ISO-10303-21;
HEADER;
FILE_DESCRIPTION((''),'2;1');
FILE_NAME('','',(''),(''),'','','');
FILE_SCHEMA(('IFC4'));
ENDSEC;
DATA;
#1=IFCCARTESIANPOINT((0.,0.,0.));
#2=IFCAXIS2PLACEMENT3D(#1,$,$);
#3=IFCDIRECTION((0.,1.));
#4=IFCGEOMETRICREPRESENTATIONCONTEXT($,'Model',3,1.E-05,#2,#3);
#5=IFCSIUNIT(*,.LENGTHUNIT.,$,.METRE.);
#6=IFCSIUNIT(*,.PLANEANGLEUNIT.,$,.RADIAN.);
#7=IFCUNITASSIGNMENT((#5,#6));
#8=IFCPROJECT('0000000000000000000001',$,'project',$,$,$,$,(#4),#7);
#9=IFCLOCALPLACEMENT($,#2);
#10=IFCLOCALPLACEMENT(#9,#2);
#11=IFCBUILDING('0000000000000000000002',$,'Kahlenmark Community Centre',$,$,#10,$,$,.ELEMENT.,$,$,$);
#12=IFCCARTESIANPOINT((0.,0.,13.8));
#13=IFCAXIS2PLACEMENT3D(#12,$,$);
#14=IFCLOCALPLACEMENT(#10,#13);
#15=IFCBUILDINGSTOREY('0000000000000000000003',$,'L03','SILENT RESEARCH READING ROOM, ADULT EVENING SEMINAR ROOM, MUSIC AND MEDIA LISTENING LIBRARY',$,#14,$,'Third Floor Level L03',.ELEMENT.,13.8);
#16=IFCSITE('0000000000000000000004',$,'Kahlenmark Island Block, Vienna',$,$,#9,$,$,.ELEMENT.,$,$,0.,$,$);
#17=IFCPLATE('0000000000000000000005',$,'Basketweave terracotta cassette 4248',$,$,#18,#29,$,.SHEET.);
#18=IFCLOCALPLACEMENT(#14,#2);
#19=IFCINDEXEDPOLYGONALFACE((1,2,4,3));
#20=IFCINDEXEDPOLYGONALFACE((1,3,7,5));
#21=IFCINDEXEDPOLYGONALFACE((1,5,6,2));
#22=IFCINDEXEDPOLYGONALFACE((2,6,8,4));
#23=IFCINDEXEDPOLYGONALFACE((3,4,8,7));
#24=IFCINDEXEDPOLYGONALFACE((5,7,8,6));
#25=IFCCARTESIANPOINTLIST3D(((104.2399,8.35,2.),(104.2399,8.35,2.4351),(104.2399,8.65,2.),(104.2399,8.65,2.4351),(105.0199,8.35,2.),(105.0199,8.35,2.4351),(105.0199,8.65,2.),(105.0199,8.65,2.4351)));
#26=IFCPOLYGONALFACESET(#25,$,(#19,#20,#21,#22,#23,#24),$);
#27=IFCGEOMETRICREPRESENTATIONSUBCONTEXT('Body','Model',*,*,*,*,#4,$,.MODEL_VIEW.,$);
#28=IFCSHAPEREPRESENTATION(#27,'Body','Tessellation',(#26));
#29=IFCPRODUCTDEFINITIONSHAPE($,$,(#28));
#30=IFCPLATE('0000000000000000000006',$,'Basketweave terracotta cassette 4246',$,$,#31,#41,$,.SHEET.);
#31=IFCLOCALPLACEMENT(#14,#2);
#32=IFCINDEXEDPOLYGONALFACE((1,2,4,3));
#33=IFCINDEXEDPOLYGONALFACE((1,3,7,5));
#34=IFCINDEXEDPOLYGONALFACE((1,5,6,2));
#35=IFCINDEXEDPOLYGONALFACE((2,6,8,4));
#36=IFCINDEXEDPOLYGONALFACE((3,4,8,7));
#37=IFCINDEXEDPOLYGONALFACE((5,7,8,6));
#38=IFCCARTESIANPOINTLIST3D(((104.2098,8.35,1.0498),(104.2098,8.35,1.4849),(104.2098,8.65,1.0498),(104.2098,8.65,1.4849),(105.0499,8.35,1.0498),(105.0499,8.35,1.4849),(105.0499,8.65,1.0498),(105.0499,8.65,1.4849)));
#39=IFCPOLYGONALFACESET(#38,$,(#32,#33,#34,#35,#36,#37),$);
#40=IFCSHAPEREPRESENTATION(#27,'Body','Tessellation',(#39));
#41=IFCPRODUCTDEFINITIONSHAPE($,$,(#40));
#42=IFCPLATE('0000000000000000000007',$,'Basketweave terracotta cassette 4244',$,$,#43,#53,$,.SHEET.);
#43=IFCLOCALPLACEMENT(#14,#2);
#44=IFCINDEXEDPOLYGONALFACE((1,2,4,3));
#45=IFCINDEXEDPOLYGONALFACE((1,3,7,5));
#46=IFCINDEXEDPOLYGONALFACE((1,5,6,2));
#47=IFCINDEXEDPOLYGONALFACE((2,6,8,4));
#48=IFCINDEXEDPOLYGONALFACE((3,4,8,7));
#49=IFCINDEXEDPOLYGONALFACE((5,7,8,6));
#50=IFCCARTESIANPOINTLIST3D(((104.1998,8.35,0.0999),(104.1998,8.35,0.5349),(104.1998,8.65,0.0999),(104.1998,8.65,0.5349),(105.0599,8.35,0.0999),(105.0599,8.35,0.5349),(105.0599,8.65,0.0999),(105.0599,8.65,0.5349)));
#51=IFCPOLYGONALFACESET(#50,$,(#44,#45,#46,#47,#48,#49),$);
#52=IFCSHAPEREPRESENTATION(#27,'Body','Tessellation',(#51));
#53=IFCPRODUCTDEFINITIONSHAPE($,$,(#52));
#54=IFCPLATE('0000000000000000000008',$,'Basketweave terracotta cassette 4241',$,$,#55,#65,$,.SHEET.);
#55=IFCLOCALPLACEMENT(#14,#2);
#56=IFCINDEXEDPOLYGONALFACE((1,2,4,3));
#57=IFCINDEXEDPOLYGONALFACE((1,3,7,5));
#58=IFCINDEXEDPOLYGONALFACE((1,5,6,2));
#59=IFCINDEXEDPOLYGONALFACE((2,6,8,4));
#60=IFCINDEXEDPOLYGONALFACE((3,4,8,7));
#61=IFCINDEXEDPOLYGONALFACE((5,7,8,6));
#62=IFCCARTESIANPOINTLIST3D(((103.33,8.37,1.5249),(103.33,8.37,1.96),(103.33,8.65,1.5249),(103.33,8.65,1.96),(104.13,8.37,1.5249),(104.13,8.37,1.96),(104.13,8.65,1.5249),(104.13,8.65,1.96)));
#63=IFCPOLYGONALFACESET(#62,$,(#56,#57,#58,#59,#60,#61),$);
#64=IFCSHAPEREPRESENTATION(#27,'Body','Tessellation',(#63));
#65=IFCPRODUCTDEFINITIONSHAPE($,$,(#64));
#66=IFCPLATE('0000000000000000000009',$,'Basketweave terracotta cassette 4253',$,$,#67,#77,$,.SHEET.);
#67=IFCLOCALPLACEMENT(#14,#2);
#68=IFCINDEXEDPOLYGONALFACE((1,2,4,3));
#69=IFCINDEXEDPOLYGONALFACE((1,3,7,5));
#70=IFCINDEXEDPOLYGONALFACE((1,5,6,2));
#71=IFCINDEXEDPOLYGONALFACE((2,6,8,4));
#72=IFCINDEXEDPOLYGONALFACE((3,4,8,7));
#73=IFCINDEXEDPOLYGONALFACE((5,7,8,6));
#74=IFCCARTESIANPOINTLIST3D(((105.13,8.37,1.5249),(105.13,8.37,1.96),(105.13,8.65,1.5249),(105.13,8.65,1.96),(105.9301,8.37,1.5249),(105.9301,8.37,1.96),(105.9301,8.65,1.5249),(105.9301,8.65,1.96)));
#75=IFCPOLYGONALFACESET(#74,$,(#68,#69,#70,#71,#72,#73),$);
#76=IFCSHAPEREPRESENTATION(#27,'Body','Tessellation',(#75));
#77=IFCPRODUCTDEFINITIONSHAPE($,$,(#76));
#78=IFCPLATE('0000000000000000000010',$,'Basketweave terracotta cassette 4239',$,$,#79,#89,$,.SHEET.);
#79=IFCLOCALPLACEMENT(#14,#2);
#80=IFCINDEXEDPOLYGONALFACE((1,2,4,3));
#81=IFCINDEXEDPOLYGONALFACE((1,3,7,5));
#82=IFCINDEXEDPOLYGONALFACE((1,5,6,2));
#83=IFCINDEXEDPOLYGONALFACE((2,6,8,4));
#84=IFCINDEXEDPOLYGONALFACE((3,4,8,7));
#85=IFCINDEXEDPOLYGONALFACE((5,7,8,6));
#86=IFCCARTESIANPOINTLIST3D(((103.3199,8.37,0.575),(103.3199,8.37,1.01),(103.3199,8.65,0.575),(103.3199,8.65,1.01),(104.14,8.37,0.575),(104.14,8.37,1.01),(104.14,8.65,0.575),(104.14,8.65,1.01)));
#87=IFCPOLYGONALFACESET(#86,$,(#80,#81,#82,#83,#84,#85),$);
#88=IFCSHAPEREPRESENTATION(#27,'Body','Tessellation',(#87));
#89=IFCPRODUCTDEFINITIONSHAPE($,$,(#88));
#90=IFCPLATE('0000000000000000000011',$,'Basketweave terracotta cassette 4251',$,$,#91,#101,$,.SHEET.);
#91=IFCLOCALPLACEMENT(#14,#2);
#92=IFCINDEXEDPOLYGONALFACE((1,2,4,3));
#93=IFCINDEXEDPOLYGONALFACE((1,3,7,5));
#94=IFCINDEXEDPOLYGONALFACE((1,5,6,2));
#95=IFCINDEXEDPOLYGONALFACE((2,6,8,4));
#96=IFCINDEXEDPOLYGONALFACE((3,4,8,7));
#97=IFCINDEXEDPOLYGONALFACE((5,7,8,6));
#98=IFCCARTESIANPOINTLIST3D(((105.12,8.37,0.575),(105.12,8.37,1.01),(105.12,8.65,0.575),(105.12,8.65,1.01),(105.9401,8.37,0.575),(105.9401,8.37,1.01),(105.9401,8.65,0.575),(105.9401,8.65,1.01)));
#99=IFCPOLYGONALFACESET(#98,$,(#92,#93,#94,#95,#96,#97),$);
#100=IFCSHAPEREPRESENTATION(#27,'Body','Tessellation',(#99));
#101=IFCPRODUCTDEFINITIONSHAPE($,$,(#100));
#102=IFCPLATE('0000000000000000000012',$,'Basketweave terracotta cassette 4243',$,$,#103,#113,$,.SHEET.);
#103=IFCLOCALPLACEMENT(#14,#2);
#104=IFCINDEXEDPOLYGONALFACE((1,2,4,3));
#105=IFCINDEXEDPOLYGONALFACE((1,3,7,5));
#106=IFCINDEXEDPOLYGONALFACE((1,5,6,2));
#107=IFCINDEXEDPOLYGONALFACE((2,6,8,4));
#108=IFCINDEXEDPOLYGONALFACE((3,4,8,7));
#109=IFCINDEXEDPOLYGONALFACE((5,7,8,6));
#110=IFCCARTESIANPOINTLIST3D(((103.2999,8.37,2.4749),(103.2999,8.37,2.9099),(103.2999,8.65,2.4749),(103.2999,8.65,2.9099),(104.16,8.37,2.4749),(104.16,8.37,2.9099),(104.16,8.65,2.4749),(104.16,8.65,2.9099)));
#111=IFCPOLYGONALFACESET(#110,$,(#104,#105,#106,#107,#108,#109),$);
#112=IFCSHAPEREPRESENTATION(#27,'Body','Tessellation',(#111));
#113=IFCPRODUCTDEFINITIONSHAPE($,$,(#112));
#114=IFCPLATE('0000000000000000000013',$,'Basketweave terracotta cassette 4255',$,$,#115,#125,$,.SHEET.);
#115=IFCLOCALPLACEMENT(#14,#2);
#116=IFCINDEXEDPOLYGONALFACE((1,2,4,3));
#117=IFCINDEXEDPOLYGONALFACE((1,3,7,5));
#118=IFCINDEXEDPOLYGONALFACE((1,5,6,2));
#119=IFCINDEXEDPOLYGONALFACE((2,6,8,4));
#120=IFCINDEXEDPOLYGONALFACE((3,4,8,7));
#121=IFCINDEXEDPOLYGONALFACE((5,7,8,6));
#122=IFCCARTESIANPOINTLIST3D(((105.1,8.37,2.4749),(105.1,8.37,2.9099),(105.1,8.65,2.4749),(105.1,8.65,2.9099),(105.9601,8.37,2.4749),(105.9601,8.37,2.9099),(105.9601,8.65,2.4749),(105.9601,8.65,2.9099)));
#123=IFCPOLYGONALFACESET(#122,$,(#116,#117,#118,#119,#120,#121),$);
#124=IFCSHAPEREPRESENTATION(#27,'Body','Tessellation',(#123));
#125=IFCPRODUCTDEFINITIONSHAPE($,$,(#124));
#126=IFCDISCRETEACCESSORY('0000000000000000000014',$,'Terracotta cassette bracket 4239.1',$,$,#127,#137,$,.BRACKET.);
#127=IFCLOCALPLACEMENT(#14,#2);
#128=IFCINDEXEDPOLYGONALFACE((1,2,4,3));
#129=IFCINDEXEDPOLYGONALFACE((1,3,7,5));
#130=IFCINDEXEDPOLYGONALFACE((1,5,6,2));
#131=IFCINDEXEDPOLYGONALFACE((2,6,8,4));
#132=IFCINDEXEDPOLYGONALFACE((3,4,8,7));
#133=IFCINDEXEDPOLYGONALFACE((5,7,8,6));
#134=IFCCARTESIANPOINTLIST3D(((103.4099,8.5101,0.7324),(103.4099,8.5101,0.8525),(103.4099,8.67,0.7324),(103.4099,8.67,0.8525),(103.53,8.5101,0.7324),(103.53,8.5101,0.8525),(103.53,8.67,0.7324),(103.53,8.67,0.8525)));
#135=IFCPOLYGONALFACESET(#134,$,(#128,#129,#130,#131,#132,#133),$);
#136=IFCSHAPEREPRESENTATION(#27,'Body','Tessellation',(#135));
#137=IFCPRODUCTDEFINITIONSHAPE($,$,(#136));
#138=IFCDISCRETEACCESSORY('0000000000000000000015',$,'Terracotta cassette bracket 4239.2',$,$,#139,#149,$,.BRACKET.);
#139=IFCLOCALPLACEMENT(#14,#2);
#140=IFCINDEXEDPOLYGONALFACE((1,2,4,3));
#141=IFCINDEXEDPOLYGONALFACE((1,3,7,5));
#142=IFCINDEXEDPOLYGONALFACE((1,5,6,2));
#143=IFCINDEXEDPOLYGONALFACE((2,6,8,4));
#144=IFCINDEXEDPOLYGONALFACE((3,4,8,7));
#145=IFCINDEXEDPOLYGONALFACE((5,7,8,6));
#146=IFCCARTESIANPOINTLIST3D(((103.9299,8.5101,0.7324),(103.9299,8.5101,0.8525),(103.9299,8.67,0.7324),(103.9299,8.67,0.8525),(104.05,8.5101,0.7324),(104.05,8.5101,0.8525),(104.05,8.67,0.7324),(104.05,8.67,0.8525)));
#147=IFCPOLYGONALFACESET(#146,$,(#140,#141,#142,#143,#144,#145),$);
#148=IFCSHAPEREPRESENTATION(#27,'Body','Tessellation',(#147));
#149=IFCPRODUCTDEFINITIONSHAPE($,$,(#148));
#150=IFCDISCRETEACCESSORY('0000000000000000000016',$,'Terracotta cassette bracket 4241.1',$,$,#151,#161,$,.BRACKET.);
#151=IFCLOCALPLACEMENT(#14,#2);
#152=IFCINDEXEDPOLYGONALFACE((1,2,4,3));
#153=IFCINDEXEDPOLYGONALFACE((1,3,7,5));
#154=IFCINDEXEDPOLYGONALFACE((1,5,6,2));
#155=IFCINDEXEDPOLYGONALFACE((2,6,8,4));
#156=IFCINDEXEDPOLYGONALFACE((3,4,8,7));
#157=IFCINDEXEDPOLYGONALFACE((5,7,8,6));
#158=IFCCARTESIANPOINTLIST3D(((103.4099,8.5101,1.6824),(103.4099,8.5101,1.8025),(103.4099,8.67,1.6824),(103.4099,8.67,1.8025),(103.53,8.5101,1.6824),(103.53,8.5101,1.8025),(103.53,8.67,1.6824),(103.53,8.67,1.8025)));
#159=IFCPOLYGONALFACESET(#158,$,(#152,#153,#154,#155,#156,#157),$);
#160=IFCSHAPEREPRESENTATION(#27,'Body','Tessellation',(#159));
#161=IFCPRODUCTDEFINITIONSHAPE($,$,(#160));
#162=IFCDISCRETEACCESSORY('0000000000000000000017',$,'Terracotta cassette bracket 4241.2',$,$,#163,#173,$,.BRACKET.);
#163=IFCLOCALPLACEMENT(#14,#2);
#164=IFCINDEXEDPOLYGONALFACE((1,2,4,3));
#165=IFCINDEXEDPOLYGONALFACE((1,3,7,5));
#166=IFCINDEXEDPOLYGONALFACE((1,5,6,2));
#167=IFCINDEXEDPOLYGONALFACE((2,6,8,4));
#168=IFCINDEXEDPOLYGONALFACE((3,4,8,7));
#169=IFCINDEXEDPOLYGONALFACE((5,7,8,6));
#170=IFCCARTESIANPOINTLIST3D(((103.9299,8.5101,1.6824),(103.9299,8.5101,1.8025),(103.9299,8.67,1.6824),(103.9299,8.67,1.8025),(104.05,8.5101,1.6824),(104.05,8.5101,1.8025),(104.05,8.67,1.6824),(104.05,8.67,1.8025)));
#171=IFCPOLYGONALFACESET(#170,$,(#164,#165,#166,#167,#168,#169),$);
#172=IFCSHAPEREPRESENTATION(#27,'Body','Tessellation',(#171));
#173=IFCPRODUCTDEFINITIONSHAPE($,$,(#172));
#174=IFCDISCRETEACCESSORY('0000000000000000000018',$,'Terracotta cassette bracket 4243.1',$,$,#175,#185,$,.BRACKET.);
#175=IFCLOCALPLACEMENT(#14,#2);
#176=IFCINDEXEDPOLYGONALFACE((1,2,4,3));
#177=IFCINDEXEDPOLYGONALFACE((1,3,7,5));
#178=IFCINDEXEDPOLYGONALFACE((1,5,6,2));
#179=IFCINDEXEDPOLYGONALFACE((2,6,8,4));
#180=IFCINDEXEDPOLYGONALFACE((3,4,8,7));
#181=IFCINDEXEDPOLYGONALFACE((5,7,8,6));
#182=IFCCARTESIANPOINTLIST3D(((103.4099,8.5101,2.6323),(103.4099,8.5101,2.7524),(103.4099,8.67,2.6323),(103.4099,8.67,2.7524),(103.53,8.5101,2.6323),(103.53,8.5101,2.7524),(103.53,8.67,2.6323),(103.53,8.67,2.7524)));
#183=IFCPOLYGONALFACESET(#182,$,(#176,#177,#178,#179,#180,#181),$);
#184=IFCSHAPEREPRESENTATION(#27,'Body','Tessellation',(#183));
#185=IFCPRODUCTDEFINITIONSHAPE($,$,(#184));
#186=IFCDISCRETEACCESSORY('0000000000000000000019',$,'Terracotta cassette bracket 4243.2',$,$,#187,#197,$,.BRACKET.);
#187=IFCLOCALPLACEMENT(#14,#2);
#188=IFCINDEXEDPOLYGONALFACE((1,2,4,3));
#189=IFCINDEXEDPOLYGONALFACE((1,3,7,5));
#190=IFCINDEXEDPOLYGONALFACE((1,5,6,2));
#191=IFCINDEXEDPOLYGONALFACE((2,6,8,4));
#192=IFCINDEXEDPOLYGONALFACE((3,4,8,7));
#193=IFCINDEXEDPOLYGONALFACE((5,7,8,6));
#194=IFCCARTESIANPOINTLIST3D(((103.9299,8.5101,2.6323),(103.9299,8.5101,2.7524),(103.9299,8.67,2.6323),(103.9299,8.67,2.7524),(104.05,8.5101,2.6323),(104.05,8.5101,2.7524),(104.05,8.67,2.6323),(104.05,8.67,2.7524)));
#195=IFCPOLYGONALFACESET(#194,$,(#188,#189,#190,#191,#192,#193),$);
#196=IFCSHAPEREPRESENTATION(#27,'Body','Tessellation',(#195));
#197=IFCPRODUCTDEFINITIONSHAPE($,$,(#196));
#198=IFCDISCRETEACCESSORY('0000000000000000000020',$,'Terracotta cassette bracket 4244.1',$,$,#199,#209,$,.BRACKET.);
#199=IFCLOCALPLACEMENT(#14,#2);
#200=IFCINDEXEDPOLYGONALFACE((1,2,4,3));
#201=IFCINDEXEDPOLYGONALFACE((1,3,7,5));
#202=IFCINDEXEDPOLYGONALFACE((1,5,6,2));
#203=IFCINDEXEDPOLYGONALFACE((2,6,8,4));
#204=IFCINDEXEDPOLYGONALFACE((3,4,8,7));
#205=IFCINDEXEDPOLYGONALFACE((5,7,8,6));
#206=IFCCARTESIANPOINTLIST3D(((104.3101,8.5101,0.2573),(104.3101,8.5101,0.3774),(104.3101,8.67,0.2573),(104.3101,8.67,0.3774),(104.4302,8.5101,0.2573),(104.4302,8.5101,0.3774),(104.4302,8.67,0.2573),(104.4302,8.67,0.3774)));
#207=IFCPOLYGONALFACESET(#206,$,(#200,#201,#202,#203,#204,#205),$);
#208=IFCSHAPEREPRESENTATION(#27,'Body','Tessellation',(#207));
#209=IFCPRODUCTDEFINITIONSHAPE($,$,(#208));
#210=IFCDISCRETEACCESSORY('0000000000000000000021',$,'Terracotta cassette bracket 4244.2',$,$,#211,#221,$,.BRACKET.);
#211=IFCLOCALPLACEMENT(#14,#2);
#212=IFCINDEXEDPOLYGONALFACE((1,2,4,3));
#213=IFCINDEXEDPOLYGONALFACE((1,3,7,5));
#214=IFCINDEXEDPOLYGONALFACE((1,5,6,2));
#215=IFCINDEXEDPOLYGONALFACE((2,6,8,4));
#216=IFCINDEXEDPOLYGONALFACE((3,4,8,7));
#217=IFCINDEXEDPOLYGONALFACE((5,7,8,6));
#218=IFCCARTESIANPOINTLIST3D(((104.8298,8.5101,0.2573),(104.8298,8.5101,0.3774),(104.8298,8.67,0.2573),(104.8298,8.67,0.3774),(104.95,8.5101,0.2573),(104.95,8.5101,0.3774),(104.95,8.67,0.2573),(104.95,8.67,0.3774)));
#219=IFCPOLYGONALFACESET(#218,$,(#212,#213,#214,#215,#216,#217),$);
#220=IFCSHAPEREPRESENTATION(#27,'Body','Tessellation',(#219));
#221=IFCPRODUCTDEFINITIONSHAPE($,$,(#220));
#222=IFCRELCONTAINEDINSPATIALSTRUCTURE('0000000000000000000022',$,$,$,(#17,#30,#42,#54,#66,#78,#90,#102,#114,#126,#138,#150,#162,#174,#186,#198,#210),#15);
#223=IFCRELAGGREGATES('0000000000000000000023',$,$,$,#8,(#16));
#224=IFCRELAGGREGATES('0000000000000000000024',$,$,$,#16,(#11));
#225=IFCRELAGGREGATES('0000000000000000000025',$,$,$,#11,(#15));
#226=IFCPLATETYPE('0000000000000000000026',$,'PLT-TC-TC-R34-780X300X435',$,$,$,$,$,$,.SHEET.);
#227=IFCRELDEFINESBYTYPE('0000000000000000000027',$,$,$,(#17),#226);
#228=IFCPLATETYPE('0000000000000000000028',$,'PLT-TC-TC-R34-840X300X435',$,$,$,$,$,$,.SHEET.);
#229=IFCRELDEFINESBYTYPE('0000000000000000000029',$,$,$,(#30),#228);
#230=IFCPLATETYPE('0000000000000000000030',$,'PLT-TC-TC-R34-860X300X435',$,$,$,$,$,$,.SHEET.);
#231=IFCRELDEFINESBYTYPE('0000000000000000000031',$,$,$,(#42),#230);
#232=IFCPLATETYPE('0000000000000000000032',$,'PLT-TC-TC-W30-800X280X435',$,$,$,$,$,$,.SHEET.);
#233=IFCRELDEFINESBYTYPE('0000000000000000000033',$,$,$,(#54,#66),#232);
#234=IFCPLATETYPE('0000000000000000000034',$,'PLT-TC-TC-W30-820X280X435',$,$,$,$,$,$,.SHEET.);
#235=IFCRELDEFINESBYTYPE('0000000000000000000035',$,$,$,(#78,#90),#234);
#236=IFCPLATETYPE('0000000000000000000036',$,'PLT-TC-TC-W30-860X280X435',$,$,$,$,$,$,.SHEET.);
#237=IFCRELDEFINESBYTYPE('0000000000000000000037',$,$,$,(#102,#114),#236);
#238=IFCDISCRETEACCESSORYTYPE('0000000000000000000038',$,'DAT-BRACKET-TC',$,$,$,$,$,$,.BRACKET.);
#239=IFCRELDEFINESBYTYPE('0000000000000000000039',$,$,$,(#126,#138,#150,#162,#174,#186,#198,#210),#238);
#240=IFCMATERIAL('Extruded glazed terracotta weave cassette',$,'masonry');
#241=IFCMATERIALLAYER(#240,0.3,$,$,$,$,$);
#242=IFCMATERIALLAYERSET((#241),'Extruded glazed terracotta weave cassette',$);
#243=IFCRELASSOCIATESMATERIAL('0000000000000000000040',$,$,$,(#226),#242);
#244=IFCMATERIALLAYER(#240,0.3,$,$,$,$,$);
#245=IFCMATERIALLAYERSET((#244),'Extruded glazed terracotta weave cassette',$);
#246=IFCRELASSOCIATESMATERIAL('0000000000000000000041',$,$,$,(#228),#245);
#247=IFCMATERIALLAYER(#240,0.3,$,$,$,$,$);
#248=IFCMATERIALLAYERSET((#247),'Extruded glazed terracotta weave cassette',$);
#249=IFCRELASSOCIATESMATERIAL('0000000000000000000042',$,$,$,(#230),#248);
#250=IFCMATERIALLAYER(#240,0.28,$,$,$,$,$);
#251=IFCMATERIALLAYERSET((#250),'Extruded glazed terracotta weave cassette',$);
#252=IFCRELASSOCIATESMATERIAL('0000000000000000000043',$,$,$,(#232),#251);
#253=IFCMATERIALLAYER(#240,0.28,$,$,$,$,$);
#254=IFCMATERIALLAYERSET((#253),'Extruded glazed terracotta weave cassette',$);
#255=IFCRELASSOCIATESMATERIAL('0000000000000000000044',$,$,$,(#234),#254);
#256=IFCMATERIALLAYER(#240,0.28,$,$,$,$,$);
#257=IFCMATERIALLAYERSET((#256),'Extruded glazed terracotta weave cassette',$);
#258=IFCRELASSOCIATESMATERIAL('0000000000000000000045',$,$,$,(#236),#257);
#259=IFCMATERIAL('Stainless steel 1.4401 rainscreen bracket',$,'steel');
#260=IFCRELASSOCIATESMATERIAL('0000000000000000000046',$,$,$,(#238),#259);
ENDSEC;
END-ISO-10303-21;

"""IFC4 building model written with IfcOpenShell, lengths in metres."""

from ifc_helpers import new_model, si_unit, direction, frame, origin, origin_2d, place, context, subcontext, project, spatial, rectangle, extrude, material, layer, layer_set, type_object, element, save


model = new_model("IFC4")

# Units and contexts
model_context = context("Model", 3, precision=1e-05, world=origin(), true_north=direction((0.0, 1.0)))
body_context = subcontext(model_context, "Body", "Model", "MODEL_VIEW")
ifc_project = project(units=[si_unit("LENGTHUNIT", "METRE"), si_unit("PLANEANGLEUNIT", "RADIAN")], contexts=[model_context])

# Site, building, storey
site_placement = place(None, origin())
site = spatial("IfcSite", under=ifc_project, at=site_placement, Name="Kahlenmark Island Block, Vienna", CompositionType="ELEMENT", RefElevation=0.0)
building_placement = place(site_placement, origin())
building = spatial("IfcBuilding", under=site, at=building_placement, Name="Kahlenmark Community Centre", CompositionType="ELEMENT")
storey_placement = place(building_placement, frame((0.0, 0.0, 13.8)))
storey = spatial("IfcBuildingStorey", under=building, at=storey_placement, Name="L03", Description="SILENT RESEARCH READING ROOM, ADULT EVENING SEMINAR ROOM, MUSIC AND MEDIA LISTENING LIBRARY", LongName="Third Floor Level L03", CompositionType="ELEMENT", Elevation=13.8)

# Plates
ifc_material_1 = material(Name="Extruded glazed terracotta weave cassette", Category="masonry")
ifc_layer_1 = layer(ifc_material_1, 0.3)
ifc_layer_set_1 = layer_set([ifc_layer_1], Name="Extruded glazed terracotta weave cassette")
plate_type_1 = type_object("IfcPlateType", Name="PLT-TC-TC-R34-780X300X435", PredefinedType="SHEET", material=ifc_layer_set_1)
plate_1_placement = place(storey_placement, frame((104.6299, 8.5, 2.0), z_axis=(0.0, 0.0, 1.0), x_axis=(1.0, 0.0, 0.0)))
element("IfcPlate", 1, at=plate_1_placement, inside=storey, type_object=plate_type_1, Name="Basketweave terracotta cassette 4248", PredefinedType="SHEET", context=body_context, shape_type="SweptSolid", body=[
    extrude(rectangle(XDim=0.78, YDim=0.3, at=origin_2d()), origin(), (0.0, 0.0, 1.0), 0.4351),
])
ifc_layer_2 = layer(ifc_material_1, 0.3)
ifc_layer_set_2 = layer_set([ifc_layer_2], Name="Extruded glazed terracotta weave cassette")
plate_type_2 = type_object("IfcPlateType", Name="PLT-TC-TC-R34-840X300X435", PredefinedType="SHEET", material=ifc_layer_set_2)
plate_2_placement = place(storey_placement, frame((104.6299, 8.5, 1.0498), z_axis=(0.0, 0.0, 1.0), x_axis=(1.0, 0.0, 0.0)))
element("IfcPlate", 2, at=plate_2_placement, inside=storey, type_object=plate_type_2, Name="Basketweave terracotta cassette 4246", PredefinedType="SHEET", context=body_context, shape_type="SweptSolid", body=[
    extrude(rectangle(XDim=0.8401, YDim=0.3, at=origin_2d()), origin(), (0.0, 0.0, 1.0), 0.4351),
])
ifc_layer_3 = layer(ifc_material_1, 0.3)
ifc_layer_set_3 = layer_set([ifc_layer_3], Name="Extruded glazed terracotta weave cassette")
plate_type_3 = type_object("IfcPlateType", Name="PLT-TC-TC-R34-860X300X435", PredefinedType="SHEET", material=ifc_layer_set_3)
plate_3_placement = place(storey_placement, frame((104.6299, 8.5, 0.0999), z_axis=(0.0, 0.0, 1.0), x_axis=(1.0, 0.0, 0.0)))
element("IfcPlate", 3, at=plate_3_placement, inside=storey, type_object=plate_type_3, Name="Basketweave terracotta cassette 4244", PredefinedType="SHEET", context=body_context, shape_type="SweptSolid", body=[
    extrude(rectangle(XDim=0.8601, YDim=0.3, at=origin_2d()), origin(), (0.0, 0.0, 1.0), 0.4351),
])
ifc_layer_4 = layer(ifc_material_1, 0.28)
ifc_layer_set_4 = layer_set([ifc_layer_4], Name="Extruded glazed terracotta weave cassette")
plate_type_4 = type_object("IfcPlateType", Name="PLT-TC-TC-W30-800X280X435", PredefinedType="SHEET", material=ifc_layer_set_4)
for number, where, z_axis, x_axis, name in (
    (4, (103.73, 8.51, 1.5249), (0.0, 0.0, 1.0), (1.0, 0.0, 0.0), "Basketweave terracotta cassette 4241"),
    (5, (105.53, 8.51, 1.5249), (0.0, 0.0, 1.0), (1.0, 0.0, 0.0), "Basketweave terracotta cassette 4253"),
):
    element("IfcPlate", number, at=place(storey_placement, frame(where, z_axis=z_axis, x_axis=x_axis)), inside=storey, type_object=plate_type_4, Name=name, PredefinedType="SHEET", context=body_context, shape_type="SweptSolid", body=[
        extrude(rectangle(XDim=0.8, YDim=0.28, at=origin_2d()), origin(), (0.0, 0.0, 1.0), 0.4351),
    ])
ifc_layer_5 = layer(ifc_material_1, 0.28)
ifc_layer_set_5 = layer_set([ifc_layer_5], Name="Extruded glazed terracotta weave cassette")
plate_type_5 = type_object("IfcPlateType", Name="PLT-TC-TC-W30-820X280X435", PredefinedType="SHEET", material=ifc_layer_set_5)
for number, where, z_axis, x_axis, name in (
    (6, (103.73, 8.51, 0.575), (0.0, 0.0, 1.0), (1.0, 0.0, 0.0), "Basketweave terracotta cassette 4239"),
    (7, (105.53, 8.51, 0.575), (0.0, 0.0, 1.0), (1.0, 0.0, 0.0), "Basketweave terracotta cassette 4251"),
):
    element("IfcPlate", number, at=place(storey_placement, frame(where, z_axis=z_axis, x_axis=x_axis)), inside=storey, type_object=plate_type_5, Name=name, PredefinedType="SHEET", context=body_context, shape_type="SweptSolid", body=[
        extrude(rectangle(XDim=0.8201, YDim=0.28, at=origin_2d()), origin(), (0.0, 0.0, 1.0), 0.4351),
    ])
ifc_layer_6 = layer(ifc_material_1, 0.28)
ifc_layer_set_6 = layer_set([ifc_layer_6], Name="Extruded glazed terracotta weave cassette")
plate_type_6 = type_object("IfcPlateType", Name="PLT-TC-TC-W30-860X280X435", PredefinedType="SHEET", material=ifc_layer_set_6)
for number, where, z_axis, x_axis, name in (
    (8, (103.73, 8.51, 2.4749), (0.0, 0.0, 1.0), (1.0, 0.0, 0.0), "Basketweave terracotta cassette 4243"),
    (9, (105.53, 8.51, 2.4749), (0.0, 0.0, 1.0), (1.0, 0.0, 0.0), "Basketweave terracotta cassette 4255"),
):
    element("IfcPlate", number, at=place(storey_placement, frame(where, z_axis=z_axis, x_axis=x_axis)), inside=storey, type_object=plate_type_6, Name=name, PredefinedType="SHEET", context=body_context, shape_type="SweptSolid", body=[
        extrude(rectangle(XDim=0.8601, YDim=0.28, at=origin_2d()), origin(), (0.0, 0.0, 1.0), 0.4351),
    ])

# Discrete accessories
ifc_material_2 = material(Name="Stainless steel 1.4401 rainscreen bracket", Category="steel")
discrete_accessory_type = type_object("IfcDiscreteAccessoryType", Name="DAT-BRACKET-TC", PredefinedType="BRACKET", material=ifc_material_2)
for number, where, z_axis, x_axis, name in (
    (10, (103.47, 8.5901, 0.7324), (0.0, 0.0, 1.0), (1.0, 0.0, 0.0), "Terracotta cassette bracket 4239.1"),
    (11, (103.99, 8.5901, 0.7324), (0.0, 0.0, 1.0), (1.0, 0.0, 0.0), "Terracotta cassette bracket 4239.2"),
    (12, (103.47, 8.5901, 1.6824), (0.0, 0.0, 1.0), (1.0, 0.0, 0.0), "Terracotta cassette bracket 4241.1"),
    (13, (103.99, 8.5901, 1.6824), (0.0, 0.0, 1.0), (1.0, 0.0, 0.0), "Terracotta cassette bracket 4241.2"),
    (14, (103.47, 8.5901, 2.6323), (0.0, 0.0, 1.0), (1.0, 0.0, 0.0), "Terracotta cassette bracket 4243.1"),
    (15, (103.99, 8.5901, 2.6323), (0.0, 0.0, 1.0), (1.0, 0.0, 0.0), "Terracotta cassette bracket 4243.2"),
    (16, (104.3701, 8.5901, 0.2573), (0.0, 0.0, 1.0), (1.0, 0.0, 0.0), "Terracotta cassette bracket 4244.1"),
    (17, (104.8899, 8.5901, 0.2573), (0.0, 0.0, 1.0), (1.0, 0.0, 0.0), "Terracotta cassette bracket 4244.2"),
):
    element("IfcDiscreteAccessory", number, at=place(storey_placement, frame(where, z_axis=z_axis, x_axis=x_axis)), inside=storey, type_object=discrete_accessory_type, Name=name, PredefinedType="BRACKET", context=body_context, shape_type="SweptSolid", body=[
        extrude(rectangle(XDim=0.1201, YDim=0.1599, at=origin_2d()), origin(), (0.0, 0.0, 1.0), 0.1201),
    ])

save(model, "model.ifc")
